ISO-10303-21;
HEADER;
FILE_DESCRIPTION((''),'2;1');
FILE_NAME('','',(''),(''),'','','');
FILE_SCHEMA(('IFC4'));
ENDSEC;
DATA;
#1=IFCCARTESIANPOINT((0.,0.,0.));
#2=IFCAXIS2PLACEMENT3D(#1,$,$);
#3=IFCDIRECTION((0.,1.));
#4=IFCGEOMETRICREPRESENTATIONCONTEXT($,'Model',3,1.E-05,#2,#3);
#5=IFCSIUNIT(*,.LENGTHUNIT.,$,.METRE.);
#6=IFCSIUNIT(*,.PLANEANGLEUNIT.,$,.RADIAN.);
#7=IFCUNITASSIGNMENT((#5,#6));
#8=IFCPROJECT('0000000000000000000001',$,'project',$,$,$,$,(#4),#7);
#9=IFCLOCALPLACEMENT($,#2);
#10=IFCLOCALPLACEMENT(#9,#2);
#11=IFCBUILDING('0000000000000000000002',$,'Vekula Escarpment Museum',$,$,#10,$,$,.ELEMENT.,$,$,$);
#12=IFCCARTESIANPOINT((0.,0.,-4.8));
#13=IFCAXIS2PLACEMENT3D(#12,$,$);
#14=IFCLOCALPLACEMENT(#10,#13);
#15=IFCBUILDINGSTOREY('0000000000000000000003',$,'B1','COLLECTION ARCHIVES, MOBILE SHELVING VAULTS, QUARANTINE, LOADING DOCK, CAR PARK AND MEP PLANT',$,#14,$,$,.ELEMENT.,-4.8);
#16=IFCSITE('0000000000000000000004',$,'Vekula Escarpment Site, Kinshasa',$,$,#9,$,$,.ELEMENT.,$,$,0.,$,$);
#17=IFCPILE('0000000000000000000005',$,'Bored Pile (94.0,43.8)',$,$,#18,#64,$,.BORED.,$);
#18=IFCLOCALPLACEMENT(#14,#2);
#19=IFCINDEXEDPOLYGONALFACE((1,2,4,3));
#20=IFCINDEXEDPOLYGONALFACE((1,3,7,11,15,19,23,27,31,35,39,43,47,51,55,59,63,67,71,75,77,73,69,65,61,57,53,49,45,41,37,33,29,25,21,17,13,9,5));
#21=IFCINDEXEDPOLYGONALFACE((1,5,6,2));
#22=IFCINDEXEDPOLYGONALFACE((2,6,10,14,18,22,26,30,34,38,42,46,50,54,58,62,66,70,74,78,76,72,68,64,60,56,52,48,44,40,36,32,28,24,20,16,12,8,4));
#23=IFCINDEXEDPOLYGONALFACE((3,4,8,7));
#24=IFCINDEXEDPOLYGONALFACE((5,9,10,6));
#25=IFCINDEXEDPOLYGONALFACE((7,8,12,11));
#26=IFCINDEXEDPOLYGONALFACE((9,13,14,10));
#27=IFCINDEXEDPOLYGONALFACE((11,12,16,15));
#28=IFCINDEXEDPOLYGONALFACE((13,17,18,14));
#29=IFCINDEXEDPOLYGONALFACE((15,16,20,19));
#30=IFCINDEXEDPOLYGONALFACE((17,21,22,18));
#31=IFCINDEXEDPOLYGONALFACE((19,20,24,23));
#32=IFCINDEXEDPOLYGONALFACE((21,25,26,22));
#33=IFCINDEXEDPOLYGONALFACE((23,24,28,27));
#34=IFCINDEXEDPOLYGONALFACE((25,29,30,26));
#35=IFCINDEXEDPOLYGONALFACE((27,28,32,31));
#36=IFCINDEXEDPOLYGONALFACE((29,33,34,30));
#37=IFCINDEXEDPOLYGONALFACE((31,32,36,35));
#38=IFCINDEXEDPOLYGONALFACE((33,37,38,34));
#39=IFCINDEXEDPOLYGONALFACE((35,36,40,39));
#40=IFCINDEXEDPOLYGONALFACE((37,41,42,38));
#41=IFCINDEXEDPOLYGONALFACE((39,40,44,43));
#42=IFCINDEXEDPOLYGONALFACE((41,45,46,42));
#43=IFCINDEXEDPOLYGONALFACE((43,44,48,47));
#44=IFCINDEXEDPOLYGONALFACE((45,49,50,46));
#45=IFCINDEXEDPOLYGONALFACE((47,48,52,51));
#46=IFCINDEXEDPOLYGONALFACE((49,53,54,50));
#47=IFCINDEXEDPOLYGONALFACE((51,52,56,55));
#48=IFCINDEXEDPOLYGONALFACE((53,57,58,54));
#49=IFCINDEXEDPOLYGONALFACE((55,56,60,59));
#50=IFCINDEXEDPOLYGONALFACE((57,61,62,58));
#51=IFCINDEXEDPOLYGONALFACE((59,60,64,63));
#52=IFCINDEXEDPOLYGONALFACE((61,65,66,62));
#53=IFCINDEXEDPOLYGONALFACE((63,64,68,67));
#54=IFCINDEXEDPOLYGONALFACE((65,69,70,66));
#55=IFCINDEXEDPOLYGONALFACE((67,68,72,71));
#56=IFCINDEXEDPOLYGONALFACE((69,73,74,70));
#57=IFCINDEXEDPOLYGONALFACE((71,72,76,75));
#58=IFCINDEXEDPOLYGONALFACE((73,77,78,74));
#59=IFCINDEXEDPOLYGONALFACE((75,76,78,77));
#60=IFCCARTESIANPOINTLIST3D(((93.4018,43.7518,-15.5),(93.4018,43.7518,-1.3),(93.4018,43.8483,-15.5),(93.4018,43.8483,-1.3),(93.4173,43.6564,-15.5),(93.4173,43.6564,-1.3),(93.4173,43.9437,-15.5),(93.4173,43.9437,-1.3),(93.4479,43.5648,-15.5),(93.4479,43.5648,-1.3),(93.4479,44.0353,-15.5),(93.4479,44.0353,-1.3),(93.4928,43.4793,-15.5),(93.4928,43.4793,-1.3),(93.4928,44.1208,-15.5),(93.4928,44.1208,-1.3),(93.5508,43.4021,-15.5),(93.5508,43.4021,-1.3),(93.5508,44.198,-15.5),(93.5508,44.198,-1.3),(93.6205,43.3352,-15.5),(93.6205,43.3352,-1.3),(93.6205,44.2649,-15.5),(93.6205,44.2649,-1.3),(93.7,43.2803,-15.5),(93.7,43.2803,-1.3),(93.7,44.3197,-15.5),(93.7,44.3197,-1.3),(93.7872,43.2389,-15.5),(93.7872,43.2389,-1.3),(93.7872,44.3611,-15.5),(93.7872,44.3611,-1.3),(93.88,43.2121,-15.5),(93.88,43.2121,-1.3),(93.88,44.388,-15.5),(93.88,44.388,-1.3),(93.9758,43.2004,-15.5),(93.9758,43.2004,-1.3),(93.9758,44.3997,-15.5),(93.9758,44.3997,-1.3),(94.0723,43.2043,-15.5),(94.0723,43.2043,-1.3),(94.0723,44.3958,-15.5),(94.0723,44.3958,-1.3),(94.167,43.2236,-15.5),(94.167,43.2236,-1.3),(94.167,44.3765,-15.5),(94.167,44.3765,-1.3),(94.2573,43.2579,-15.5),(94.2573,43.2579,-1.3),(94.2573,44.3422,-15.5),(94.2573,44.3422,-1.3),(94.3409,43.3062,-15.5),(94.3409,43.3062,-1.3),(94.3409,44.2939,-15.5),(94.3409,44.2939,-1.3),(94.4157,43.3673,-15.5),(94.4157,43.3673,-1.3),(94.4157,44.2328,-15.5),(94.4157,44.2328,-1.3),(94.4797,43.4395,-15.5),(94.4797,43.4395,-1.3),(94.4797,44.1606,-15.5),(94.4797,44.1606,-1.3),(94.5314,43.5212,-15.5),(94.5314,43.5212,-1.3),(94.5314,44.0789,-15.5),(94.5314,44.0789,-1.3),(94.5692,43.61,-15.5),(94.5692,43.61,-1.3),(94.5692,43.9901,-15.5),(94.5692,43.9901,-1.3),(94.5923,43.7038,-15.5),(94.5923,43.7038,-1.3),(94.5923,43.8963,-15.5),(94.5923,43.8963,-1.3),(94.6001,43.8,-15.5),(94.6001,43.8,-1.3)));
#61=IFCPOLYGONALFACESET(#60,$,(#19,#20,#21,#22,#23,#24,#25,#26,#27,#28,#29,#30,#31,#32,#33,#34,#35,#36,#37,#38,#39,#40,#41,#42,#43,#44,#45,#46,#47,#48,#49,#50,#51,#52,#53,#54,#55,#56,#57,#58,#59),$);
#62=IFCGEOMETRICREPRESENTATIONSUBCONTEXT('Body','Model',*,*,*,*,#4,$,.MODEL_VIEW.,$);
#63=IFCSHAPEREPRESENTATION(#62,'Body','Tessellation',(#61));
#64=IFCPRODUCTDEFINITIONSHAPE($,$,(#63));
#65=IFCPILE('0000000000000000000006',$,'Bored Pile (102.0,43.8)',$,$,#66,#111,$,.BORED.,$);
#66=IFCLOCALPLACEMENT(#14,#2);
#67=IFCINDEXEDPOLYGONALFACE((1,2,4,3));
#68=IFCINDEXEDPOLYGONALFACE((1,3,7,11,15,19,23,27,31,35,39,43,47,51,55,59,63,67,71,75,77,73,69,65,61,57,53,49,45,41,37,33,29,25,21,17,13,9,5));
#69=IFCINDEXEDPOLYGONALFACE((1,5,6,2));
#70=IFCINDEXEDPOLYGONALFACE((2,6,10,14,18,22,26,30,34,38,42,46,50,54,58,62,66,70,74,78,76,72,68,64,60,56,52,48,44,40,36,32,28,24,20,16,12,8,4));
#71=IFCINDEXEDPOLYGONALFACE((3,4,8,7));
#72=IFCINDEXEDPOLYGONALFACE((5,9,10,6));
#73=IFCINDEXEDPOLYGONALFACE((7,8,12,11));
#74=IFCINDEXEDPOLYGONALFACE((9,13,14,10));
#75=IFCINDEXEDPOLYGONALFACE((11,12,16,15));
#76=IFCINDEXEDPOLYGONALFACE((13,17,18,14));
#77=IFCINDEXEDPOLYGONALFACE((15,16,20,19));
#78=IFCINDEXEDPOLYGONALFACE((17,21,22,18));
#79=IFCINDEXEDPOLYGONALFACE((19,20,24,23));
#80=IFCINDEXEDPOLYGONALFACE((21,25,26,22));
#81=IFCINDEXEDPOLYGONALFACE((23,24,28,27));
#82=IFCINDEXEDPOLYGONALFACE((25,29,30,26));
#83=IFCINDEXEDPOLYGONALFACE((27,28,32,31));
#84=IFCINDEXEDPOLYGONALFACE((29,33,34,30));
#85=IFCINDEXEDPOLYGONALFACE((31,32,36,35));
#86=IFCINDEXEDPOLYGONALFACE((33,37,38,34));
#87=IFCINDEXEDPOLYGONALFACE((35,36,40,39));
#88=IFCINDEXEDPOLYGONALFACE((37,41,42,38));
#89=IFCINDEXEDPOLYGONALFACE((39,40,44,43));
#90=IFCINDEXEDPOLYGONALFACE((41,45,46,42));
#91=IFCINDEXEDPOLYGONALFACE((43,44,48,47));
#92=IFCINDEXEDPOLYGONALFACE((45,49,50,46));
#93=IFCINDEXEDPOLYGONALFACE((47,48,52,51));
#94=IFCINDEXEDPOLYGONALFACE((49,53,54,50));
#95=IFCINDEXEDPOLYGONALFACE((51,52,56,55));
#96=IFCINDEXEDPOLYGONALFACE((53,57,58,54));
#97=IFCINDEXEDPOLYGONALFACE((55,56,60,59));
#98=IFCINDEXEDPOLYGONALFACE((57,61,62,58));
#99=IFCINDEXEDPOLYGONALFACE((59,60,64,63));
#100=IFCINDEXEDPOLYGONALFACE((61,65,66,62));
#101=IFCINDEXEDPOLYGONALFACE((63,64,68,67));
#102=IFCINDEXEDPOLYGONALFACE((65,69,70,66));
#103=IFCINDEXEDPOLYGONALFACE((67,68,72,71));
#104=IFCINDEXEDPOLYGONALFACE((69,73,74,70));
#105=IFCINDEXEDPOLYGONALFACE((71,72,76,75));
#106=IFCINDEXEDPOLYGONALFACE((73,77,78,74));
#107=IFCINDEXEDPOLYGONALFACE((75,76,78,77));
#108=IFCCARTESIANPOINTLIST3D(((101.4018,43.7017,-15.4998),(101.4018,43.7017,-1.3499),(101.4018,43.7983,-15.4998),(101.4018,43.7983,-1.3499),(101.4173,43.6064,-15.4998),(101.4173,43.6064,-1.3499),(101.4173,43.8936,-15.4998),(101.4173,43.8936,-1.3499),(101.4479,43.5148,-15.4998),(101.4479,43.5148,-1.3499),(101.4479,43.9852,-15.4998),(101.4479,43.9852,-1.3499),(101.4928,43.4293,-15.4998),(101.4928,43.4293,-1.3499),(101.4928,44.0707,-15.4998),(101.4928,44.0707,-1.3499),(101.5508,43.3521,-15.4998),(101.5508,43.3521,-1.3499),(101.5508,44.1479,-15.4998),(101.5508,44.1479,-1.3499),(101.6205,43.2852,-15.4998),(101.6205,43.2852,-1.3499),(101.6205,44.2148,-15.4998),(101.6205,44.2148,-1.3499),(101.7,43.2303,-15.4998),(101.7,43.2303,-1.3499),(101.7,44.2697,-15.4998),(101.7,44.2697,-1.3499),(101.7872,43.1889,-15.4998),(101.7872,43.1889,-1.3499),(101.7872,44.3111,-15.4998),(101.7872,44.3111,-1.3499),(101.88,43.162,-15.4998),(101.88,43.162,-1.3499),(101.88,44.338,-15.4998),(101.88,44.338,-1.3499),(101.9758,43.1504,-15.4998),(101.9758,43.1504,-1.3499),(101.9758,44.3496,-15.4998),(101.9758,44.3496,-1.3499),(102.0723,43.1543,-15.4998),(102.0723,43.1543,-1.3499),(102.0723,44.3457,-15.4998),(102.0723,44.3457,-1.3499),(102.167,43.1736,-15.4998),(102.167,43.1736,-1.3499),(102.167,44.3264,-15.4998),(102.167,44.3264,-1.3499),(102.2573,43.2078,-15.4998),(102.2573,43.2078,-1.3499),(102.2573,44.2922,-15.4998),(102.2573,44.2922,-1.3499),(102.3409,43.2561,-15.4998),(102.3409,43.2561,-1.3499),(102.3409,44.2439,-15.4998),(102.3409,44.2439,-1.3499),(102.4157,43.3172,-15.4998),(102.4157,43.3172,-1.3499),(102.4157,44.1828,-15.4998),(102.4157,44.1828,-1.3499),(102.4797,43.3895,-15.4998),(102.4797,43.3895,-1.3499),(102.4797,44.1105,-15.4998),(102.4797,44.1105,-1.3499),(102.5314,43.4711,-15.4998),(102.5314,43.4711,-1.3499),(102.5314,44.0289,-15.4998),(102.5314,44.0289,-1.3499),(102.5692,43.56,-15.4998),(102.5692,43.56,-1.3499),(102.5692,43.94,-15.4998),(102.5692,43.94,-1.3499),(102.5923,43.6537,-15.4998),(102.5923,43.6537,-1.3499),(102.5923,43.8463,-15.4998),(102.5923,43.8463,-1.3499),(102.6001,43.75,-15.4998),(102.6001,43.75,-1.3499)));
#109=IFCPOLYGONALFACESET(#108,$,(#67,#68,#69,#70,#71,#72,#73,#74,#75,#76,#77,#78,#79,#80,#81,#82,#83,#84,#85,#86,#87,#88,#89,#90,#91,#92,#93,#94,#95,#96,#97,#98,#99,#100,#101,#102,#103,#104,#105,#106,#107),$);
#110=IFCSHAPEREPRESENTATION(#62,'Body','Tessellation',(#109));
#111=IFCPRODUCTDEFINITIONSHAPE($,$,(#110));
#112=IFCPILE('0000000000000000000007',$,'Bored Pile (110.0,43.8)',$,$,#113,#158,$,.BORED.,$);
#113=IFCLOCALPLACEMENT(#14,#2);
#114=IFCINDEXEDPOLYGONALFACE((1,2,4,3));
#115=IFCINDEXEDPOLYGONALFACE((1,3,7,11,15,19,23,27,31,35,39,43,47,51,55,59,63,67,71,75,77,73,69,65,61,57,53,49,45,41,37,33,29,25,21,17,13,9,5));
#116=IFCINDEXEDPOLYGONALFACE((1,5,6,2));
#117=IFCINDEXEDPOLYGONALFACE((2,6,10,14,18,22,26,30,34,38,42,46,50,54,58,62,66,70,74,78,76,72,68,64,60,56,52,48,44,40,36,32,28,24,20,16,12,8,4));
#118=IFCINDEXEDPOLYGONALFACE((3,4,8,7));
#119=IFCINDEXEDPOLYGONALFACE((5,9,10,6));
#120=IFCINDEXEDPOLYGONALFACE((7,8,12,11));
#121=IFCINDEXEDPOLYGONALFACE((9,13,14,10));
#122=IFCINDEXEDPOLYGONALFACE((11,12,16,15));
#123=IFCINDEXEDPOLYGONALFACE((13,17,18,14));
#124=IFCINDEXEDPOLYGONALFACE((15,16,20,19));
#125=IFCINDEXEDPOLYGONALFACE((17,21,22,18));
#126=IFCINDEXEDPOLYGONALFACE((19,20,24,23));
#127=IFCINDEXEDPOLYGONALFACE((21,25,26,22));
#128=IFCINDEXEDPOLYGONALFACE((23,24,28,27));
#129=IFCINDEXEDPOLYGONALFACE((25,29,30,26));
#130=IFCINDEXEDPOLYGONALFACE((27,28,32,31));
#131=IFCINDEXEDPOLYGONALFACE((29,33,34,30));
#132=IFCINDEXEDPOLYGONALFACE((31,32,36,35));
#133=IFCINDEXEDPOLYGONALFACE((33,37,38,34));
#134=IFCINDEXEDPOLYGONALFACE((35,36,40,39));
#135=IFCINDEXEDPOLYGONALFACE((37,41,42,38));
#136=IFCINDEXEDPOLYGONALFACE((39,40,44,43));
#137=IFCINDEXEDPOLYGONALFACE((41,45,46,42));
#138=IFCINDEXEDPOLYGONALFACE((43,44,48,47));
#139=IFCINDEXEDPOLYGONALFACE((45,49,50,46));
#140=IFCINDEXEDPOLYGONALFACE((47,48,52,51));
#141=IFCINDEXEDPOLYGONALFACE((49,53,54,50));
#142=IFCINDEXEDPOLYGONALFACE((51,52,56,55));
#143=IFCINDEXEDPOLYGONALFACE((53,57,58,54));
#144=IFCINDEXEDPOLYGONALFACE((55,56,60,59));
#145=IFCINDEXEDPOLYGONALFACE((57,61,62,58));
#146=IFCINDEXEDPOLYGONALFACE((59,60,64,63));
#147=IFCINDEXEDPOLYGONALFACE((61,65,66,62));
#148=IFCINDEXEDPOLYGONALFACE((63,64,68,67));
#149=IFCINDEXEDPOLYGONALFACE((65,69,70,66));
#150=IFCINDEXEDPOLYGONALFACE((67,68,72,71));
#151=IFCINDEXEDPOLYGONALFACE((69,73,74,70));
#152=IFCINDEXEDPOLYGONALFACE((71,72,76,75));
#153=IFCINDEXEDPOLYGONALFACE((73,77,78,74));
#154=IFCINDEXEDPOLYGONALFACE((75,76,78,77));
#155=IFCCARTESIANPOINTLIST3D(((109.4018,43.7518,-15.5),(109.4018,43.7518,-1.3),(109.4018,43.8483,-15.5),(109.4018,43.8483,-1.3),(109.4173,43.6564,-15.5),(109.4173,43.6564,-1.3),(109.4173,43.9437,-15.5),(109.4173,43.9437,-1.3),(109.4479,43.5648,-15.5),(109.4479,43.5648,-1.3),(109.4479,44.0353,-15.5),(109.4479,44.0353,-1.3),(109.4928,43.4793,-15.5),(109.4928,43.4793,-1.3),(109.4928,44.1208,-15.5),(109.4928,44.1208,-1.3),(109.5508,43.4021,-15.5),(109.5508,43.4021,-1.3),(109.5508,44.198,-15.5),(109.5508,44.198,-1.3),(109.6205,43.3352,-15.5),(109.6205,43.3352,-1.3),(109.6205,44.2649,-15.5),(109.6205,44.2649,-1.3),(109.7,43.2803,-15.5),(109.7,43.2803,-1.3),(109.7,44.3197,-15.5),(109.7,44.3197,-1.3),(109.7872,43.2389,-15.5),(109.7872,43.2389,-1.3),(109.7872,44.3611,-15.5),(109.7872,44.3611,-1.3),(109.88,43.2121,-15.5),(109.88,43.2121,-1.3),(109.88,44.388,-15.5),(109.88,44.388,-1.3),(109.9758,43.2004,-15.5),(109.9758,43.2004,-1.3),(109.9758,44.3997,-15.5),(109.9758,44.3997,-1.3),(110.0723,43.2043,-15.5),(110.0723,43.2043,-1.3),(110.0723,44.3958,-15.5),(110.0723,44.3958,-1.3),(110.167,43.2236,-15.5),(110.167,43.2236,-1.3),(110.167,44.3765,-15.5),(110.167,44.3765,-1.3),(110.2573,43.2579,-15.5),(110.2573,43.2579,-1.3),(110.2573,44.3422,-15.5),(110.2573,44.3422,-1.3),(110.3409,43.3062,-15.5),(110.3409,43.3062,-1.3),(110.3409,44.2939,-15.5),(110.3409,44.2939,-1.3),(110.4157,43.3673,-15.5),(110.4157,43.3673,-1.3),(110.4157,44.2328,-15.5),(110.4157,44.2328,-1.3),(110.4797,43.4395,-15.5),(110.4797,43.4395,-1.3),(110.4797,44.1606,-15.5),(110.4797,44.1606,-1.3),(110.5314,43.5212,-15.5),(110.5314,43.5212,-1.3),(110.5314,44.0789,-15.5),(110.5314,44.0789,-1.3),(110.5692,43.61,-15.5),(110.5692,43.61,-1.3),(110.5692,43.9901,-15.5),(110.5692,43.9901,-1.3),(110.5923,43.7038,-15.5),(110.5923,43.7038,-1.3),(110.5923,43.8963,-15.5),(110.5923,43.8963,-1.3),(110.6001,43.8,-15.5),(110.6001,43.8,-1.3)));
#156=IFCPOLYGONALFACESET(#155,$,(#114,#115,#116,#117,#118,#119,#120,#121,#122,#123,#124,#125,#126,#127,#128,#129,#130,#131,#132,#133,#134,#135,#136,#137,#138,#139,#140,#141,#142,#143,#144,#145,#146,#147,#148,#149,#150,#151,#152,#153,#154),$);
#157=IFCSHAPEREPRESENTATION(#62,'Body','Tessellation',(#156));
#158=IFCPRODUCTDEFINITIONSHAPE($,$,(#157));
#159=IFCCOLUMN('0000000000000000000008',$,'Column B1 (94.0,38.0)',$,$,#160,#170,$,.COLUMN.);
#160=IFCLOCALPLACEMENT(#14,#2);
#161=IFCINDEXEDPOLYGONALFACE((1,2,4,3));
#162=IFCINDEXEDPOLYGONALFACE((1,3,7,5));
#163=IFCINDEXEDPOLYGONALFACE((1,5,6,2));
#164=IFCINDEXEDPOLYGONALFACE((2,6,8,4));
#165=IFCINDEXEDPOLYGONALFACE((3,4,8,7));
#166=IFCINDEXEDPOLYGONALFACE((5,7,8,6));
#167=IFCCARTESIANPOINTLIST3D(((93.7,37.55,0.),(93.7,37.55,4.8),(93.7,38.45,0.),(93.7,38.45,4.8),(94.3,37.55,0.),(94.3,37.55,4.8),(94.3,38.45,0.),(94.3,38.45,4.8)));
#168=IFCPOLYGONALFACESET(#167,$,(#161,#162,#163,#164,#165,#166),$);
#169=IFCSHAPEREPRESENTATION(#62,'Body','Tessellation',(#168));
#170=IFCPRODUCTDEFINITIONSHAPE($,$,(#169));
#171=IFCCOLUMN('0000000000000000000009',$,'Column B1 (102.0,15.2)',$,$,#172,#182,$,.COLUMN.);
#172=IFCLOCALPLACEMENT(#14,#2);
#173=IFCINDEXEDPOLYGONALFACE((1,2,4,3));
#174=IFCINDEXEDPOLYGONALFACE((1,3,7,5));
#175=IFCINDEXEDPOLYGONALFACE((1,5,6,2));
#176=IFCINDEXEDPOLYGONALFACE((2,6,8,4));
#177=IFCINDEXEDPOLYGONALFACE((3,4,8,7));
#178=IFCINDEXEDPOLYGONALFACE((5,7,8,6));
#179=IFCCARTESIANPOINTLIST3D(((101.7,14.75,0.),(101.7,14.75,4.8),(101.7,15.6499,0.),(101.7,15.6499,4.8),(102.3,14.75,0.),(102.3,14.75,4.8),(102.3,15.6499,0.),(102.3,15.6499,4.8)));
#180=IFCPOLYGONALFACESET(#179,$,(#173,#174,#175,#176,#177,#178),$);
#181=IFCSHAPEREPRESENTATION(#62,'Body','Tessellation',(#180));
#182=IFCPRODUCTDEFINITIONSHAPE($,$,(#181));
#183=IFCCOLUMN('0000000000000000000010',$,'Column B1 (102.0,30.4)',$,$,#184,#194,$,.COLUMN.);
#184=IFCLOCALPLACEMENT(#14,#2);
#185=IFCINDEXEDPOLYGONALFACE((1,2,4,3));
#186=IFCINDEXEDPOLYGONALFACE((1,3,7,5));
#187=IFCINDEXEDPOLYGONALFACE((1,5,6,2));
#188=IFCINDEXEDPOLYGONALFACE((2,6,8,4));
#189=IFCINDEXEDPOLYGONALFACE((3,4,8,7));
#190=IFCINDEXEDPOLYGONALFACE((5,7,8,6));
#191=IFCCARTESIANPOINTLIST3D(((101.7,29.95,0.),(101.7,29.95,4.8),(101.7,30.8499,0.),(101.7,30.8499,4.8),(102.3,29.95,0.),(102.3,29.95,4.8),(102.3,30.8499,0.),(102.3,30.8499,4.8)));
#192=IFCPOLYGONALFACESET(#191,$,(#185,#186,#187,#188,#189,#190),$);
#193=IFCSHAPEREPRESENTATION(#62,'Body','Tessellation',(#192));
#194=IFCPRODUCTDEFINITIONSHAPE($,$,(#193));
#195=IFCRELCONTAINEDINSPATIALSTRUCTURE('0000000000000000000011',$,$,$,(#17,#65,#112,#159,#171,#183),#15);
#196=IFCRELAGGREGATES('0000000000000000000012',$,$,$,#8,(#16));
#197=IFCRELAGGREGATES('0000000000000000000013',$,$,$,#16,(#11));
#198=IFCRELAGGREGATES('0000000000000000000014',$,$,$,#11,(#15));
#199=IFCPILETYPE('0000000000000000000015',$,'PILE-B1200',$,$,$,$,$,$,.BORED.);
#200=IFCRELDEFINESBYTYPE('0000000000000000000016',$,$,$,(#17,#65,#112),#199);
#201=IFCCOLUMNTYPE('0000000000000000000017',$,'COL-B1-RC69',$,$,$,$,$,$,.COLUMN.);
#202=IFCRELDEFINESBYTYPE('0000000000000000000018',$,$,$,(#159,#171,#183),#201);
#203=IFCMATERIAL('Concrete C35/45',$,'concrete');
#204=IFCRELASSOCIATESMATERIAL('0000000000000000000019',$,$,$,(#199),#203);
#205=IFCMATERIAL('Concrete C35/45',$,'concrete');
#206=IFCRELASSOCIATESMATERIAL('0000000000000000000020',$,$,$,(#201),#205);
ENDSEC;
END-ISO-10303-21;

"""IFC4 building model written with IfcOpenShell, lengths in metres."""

from ifc_helpers import new_model, si_unit, direction, frame, origin, origin_2d, place, context, subcontext, project, spatial, rectangle, circle, extrude, material, material_profile, profile_set, type_object, element, save


model = new_model("IFC4")

# Units and contexts
model_context = context("Model", 3, precision=1e-05, world=origin(), true_north=direction((0.0, 1.0)))
body_context = subcontext(model_context, "Body", "Model", "MODEL_VIEW")
ifc_project = project(units=[si_unit("LENGTHUNIT", "METRE"), si_unit("PLANEANGLEUNIT", "RADIAN")], contexts=[model_context])

# Site, building, storey
site_placement = place(None, origin())
site = spatial("IfcSite", under=ifc_project, at=site_placement, Name="Vekula Escarpment Site, Kinshasa", CompositionType="ELEMENT", RefElevation=0.0)
building_placement = place(site_placement, origin())
building = spatial("IfcBuilding", under=site, at=building_placement, Name="Vekula Escarpment Museum", CompositionType="ELEMENT")
storey_placement = place(building_placement, frame((0.0, 0.0, -4.8)))
storey = spatial("IfcBuildingStorey", under=building, at=storey_placement, Name="B1", Description="COLLECTION ARCHIVES, MOBILE SHELVING VAULTS, QUARANTINE, LOADING DOCK, CAR PARK AND MEP PLANT", CompositionType="ELEMENT", Elevation=-4.8)

# Piles
ifc_material_1 = material(Name="Concrete C35/45", Category="concrete")
ifc_material_profile_1 = material_profile(ifc_material_1, circle(Radius=0.6001, at=origin_2d()), Name="BORED PILE 1200")
ifc_profile_set_1 = profile_set([ifc_material_profile_1], Name="Concrete C35/45")
pile_type = type_object("IfcPileType", Name="PILE-B1200", PredefinedType="BORED", material=ifc_profile_set_1)
pile_1_placement = place(storey_placement, frame((94.0, 43.8, -1.3), z_axis=(0.0, 0.0, -1.0), x_axis=(1.0, 0.0, 0.0)))
element("IfcPile", 1, at=pile_1_placement, inside=storey, type_object=pile_type, Name="Bored Pile (94.0,43.8)", PredefinedType="BORED", context=body_context, shape_type="SweptSolid", body=[
    extrude(circle(Radius=0.6001, at=origin_2d()), origin(), (0.0, 0.0, 1.0), 14.2),
])
pile_2_placement = place(storey_placement, frame((102.0, 43.75, -1.3499), z_axis=(0.0, 0.0, -1.0), x_axis=(1.0, 0.0, 0.0)))
element("IfcPile", 2, at=pile_2_placement, inside=storey, type_object=pile_type, Name="Bored Pile (102.0,43.8)", PredefinedType="BORED", context=body_context, shape_type="SweptSolid", body=[
    extrude(circle(Radius=0.6001, at=origin_2d()), origin(), (0.0, 0.0, 1.0), 14.1499),
])
pile_3_placement = place(storey_placement, frame((110.0, 43.8, -1.3), z_axis=(0.0, 0.0, -1.0), x_axis=(1.0, 0.0, 0.0)))
element("IfcPile", 3, at=pile_3_placement, inside=storey, type_object=pile_type, Name="Bored Pile (110.0,43.8)", PredefinedType="BORED", context=body_context, shape_type="SweptSolid", body=[
    extrude(circle(Radius=0.6001, at=origin_2d()), origin(), (0.0, 0.0, 1.0), 14.2),
])

# Columns
ifc_material_2 = material(Name="Concrete C35/45", Category="concrete")
ifc_material_profile_2 = material_profile(ifc_material_2, rectangle(XDim=0.6001, YDim=0.8999, at=origin_2d()), Name="RC 600x900")
ifc_profile_set_2 = profile_set([ifc_material_profile_2], Name="Concrete C35/45")
column_type_1 = type_object("IfcColumnType", Name="COL-B1-RC69", PredefinedType="COLUMN", material=ifc_profile_set_2)
for number, where, z_axis, x_axis, name in (
    (4, (94.0, 38.0, 0.0), (0.0, 0.0, 1.0), (1.0, 0.0, 0.0), "Column B1 (94.0,38.0)"),
    (5, (102.0, 15.2, 0.0), (0.0, 0.0, 1.0), (1.0, 0.0, 0.0), "Column B1 (102.0,15.2)"),
    (6, (102.0, 30.3999, 0.0), (0.0, 0.0, 1.0), (1.0, 0.0, 0.0), "Column B1 (102.0,30.4)"),
):
    element("IfcColumn", number, at=place(storey_placement, frame(where, z_axis=z_axis, x_axis=x_axis)), inside=storey, type_object=column_type_1, Name=name, PredefinedType="COLUMN", context=body_context, shape_type="SweptSolid", body=[
        extrude(rectangle(XDim=0.6001, YDim=0.8999, at=origin_2d()), origin(), (0.0, 0.0, 1.0), 4.8),
    ])

save(model, "model.ifc")
